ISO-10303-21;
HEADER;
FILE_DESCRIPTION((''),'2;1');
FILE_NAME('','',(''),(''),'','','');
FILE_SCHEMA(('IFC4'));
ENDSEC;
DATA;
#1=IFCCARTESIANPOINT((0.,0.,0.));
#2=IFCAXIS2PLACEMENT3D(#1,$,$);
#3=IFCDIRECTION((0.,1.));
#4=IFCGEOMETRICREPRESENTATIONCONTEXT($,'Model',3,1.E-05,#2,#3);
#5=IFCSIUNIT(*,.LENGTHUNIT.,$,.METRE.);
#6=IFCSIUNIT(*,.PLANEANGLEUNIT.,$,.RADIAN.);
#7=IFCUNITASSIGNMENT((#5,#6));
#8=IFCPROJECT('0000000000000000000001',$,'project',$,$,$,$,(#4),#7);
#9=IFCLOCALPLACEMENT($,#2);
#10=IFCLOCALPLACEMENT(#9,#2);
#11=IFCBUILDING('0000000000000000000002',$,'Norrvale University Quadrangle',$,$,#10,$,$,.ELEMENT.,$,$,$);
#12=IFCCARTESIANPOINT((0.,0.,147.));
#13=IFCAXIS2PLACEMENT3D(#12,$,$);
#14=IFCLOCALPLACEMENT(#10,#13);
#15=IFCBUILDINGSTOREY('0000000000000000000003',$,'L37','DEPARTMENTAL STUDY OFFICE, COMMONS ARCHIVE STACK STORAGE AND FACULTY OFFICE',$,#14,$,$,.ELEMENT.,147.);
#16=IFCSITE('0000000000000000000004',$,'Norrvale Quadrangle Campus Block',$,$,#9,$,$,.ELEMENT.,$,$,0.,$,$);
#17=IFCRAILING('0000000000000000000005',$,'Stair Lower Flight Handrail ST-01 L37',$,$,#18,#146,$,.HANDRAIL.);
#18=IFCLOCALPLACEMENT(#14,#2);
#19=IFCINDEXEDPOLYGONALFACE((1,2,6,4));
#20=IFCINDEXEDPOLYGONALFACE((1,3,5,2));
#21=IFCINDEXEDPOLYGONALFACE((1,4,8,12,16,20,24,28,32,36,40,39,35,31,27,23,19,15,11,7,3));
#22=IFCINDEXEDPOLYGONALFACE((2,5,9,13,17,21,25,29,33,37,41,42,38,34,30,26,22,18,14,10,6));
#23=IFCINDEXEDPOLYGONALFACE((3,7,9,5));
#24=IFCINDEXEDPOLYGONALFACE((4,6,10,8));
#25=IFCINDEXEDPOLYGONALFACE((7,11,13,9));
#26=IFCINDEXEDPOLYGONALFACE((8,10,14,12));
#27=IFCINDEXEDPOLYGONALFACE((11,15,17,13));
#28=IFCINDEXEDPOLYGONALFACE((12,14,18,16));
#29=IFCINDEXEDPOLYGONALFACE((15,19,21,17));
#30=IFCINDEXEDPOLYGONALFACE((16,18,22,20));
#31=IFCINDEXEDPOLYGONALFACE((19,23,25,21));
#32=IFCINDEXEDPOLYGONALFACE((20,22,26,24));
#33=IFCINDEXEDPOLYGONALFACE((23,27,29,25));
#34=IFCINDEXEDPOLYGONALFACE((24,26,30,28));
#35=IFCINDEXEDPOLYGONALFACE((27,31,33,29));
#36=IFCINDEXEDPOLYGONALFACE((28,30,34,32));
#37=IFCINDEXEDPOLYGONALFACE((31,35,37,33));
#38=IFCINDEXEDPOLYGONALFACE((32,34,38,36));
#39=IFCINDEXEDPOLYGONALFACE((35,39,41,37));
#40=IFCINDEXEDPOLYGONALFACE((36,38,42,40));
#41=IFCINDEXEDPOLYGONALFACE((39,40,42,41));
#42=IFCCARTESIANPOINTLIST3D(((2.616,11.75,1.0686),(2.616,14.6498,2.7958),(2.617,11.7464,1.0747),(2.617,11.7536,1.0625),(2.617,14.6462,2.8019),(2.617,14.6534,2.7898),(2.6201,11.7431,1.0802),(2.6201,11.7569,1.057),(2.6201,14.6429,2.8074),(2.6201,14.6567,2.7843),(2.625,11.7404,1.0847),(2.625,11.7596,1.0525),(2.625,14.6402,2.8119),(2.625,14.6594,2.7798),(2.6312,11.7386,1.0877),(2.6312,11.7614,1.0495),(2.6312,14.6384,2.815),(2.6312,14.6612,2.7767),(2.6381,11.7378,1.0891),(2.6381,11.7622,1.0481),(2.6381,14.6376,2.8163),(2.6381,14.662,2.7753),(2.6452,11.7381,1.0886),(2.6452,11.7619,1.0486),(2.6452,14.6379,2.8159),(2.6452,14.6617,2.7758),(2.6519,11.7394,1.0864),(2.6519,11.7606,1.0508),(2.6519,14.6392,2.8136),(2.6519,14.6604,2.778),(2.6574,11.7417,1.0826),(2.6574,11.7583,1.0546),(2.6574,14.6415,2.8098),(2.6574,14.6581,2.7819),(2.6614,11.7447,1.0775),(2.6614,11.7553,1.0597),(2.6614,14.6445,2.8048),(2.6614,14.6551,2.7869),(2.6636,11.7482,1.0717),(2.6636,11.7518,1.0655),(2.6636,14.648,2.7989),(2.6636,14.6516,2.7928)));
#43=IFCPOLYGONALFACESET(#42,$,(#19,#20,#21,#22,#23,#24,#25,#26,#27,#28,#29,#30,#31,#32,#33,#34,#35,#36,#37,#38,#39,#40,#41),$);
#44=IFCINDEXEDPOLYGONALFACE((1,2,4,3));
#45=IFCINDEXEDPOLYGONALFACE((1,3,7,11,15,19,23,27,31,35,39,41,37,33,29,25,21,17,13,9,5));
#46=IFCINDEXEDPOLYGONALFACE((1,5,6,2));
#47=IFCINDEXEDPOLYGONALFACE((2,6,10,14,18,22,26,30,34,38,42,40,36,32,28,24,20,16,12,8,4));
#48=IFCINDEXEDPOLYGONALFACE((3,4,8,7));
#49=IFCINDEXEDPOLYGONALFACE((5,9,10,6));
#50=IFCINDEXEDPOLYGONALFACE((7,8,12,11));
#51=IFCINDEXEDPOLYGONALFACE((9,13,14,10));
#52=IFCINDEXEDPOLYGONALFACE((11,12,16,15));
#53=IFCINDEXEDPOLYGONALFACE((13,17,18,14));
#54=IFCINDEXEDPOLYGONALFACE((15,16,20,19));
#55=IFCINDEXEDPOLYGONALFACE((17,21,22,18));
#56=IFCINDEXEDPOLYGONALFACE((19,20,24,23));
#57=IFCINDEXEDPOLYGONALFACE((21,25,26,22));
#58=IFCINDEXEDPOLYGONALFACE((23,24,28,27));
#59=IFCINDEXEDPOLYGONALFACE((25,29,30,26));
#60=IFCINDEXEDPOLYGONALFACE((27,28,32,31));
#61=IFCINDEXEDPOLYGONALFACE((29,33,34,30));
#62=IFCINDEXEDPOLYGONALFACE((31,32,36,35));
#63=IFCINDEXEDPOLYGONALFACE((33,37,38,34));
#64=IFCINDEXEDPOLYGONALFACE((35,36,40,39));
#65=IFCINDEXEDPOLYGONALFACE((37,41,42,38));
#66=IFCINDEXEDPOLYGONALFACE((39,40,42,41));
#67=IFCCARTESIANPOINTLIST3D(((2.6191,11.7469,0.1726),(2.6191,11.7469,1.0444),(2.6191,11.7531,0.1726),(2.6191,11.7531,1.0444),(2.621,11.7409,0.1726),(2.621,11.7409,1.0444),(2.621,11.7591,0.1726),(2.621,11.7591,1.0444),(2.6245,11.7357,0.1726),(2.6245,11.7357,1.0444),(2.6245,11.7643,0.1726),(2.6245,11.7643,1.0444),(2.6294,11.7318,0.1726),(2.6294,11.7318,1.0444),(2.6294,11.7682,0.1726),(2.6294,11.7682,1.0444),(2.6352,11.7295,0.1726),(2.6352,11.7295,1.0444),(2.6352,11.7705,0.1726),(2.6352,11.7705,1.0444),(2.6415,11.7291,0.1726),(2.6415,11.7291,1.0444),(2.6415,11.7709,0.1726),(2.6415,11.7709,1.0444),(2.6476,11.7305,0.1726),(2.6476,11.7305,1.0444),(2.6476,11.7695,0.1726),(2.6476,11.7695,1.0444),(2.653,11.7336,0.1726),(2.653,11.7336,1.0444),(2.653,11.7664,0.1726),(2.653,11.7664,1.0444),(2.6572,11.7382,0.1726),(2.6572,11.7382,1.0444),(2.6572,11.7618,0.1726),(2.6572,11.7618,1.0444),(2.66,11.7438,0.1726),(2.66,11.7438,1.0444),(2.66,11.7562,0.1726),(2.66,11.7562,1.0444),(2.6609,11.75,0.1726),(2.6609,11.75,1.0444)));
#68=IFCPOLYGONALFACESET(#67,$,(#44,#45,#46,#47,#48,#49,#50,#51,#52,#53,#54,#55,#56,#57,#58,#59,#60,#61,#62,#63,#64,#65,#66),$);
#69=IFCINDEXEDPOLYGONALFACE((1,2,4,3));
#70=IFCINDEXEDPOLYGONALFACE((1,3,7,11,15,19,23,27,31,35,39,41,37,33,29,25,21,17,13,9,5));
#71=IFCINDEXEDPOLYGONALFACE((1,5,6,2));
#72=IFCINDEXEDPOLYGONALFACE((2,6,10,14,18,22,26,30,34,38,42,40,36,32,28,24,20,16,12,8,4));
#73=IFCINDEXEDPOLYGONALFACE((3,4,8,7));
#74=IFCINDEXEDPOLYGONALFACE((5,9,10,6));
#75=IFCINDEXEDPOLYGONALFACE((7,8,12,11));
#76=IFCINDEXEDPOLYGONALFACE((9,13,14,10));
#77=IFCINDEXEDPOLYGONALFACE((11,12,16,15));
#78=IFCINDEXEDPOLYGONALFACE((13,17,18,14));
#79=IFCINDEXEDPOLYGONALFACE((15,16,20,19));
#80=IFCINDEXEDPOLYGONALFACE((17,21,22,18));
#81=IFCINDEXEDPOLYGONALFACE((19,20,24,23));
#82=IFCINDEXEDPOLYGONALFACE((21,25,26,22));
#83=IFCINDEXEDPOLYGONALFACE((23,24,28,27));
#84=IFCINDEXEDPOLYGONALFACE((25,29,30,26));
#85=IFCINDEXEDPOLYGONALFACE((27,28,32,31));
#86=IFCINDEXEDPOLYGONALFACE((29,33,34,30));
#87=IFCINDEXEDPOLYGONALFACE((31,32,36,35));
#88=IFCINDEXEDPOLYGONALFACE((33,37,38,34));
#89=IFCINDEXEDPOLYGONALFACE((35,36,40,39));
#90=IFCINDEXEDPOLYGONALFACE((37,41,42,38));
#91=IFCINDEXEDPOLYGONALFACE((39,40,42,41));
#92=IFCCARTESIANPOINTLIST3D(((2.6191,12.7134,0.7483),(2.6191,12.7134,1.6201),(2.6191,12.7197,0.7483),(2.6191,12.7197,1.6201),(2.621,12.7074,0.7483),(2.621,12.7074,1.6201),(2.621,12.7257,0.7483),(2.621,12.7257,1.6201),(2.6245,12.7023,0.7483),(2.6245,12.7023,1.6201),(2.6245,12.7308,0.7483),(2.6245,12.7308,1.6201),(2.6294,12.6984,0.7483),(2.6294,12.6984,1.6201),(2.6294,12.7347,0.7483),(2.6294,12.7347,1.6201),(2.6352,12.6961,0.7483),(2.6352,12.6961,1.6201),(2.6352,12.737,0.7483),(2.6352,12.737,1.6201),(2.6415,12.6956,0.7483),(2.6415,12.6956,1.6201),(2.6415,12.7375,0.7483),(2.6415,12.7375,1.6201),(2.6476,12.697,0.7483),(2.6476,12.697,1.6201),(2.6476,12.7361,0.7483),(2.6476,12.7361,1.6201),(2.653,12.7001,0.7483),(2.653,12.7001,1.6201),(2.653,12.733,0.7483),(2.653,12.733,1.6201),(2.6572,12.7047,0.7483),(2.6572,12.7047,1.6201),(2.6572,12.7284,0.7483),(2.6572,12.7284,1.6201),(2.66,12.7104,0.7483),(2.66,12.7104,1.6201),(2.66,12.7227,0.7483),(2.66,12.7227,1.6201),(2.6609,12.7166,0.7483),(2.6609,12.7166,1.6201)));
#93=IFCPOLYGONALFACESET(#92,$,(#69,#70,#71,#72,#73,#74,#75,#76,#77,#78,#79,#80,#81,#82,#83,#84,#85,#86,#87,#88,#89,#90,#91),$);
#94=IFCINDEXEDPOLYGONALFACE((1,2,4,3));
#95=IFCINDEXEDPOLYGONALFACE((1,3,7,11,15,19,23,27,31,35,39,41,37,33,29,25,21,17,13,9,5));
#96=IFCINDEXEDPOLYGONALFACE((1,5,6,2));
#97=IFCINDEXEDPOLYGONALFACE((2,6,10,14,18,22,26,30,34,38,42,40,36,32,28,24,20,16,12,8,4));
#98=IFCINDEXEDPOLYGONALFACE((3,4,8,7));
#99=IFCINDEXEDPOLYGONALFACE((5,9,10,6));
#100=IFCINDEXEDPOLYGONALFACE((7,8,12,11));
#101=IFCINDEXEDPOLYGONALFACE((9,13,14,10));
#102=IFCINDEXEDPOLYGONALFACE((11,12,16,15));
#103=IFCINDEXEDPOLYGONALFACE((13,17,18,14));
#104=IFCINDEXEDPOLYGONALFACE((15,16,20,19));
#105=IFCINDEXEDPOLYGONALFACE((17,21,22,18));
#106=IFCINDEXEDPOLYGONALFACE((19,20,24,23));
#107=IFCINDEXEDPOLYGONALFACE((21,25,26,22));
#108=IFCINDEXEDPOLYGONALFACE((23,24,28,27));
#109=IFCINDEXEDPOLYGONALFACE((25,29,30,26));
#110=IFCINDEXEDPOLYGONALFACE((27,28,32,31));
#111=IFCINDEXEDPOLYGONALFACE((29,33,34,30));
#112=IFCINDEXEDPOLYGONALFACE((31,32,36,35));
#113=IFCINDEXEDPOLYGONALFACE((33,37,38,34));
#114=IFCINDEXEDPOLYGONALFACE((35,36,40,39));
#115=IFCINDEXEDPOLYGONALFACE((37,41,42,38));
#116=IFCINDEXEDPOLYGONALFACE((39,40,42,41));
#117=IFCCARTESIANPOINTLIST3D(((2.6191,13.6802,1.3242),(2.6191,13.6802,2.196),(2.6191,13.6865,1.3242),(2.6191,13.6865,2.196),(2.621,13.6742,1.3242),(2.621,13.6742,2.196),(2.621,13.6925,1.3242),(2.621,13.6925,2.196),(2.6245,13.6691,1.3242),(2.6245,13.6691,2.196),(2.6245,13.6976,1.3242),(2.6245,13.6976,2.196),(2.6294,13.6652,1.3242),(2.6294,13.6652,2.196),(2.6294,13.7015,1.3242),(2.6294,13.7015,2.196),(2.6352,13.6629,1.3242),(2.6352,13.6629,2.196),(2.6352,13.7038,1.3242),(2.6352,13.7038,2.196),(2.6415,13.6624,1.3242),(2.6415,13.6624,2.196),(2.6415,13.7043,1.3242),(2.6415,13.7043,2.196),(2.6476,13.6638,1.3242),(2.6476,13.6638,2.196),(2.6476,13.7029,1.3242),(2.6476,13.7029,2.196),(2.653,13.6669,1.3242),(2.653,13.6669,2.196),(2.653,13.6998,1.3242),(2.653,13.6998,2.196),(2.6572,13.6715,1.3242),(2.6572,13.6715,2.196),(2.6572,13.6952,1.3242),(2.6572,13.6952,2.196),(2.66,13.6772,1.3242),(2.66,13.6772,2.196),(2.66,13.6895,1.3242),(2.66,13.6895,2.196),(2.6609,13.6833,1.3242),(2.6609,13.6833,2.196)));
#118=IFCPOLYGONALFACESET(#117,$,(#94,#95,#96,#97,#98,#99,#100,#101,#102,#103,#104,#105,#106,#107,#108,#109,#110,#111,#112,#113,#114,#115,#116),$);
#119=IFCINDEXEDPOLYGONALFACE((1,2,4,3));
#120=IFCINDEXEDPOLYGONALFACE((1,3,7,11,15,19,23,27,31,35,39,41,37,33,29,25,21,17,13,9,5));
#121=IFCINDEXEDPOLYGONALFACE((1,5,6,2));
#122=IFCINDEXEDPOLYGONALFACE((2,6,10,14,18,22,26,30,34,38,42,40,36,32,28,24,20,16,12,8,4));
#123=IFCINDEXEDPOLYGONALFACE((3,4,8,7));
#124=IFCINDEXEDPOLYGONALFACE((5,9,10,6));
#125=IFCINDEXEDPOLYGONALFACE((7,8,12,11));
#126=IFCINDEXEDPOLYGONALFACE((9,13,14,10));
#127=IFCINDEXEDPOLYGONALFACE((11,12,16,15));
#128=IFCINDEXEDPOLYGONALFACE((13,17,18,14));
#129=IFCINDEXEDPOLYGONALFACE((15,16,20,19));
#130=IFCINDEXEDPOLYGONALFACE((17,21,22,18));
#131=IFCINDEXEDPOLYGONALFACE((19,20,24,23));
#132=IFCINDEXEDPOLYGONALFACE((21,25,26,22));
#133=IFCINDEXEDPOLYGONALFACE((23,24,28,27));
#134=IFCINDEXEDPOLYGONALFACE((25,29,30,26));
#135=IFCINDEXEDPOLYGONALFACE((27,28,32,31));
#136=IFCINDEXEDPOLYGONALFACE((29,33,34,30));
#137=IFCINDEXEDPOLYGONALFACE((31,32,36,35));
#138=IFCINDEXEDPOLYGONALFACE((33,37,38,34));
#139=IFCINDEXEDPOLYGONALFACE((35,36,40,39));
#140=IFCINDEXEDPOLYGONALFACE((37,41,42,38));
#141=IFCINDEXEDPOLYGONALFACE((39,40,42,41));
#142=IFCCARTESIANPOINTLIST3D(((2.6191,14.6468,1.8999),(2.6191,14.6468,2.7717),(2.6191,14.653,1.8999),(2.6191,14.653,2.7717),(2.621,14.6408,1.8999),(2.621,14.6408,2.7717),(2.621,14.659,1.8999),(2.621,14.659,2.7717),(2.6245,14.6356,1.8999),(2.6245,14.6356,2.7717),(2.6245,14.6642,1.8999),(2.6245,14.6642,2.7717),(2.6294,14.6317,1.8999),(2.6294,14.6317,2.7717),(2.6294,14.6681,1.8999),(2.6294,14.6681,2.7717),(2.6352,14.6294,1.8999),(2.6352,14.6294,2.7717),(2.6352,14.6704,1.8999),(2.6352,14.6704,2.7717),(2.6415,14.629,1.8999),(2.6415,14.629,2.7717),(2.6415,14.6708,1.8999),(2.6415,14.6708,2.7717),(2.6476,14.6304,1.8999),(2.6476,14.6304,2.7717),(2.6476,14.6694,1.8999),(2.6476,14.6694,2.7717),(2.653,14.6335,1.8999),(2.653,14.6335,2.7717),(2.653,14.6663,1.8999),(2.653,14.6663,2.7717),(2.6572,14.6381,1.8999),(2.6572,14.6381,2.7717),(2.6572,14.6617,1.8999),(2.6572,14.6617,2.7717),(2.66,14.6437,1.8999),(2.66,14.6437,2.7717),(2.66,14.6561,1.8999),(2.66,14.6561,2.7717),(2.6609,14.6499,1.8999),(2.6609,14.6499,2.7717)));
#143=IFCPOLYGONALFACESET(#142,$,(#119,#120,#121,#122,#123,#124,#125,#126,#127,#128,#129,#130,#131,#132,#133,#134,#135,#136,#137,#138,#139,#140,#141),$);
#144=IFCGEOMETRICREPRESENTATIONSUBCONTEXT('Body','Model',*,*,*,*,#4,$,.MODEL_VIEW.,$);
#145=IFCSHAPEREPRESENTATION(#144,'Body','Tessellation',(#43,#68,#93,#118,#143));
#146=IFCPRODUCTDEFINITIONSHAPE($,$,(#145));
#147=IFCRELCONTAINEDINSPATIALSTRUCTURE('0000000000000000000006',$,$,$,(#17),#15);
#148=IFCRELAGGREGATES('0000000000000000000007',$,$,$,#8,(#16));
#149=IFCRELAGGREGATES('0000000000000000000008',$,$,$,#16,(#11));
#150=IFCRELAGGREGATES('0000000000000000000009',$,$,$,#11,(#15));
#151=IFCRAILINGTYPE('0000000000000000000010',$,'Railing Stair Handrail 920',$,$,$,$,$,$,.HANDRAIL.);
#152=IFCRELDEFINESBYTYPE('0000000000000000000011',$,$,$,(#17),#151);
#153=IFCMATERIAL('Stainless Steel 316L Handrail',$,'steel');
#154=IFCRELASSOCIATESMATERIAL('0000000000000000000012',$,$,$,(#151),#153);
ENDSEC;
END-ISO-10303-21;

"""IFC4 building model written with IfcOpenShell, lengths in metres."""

from ifc_helpers import new_model, si_unit, direction, frame, origin, origin_2d, place, context, subcontext, project, spatial, circle, extrude, material, type_object, element, save


model = new_model("IFC4")

# Units and contexts
model_context = context("Model", 3, precision=1e-05, world=origin(), true_north=direction((0.0, 1.0)))
body_context = subcontext(model_context, "Body", "Model", "MODEL_VIEW")
ifc_project = project(units=[si_unit("LENGTHUNIT", "METRE"), si_unit("PLANEANGLEUNIT", "RADIAN")], contexts=[model_context])

# Site, building, storey
site_placement = place(None, origin())
site = spatial("IfcSite", under=ifc_project, at=site_placement, Name="Norrvale Quadrangle Campus Block", CompositionType="ELEMENT", RefElevation=0.0)
building_placement = place(site_placement, origin())
building = spatial("IfcBuilding", under=site, at=building_placement, Name="Norrvale University Quadrangle", CompositionType="ELEMENT")
storey_placement = place(building_placement, frame((0.0, 0.0, 147.0)))
storey = spatial("IfcBuildingStorey", under=building, at=storey_placement, Name="L37", Description="DEPARTMENTAL STUDY OFFICE, COMMONS ARCHIVE STACK STORAGE AND FACULTY OFFICE", CompositionType="ELEMENT", Elevation=147.0)

# Railing
ifc_material_1 = material(Name="Stainless Steel 316L Handrail", Category="steel")
railing_type_1 = type_object("IfcRailingType", Name="Railing Stair Handrail 920", PredefinedType="HANDRAIL", material=ifc_material_1)
railing_1_placement = place(storey_placement, frame((2.6399, 11.75, 0.1726)))
element("IfcRailing", 1, at=railing_1_placement, inside=storey, type_object=railing_type_1, Name="Stair Lower Flight Handrail ST-01 L37", PredefinedType="HANDRAIL", context=body_context, shape_type="SweptSolid", body=[
    extrude(circle(Radius=0.0239, at=origin_2d()), frame((0.0, 0.0, 0.896), z_axis=(0.0, 0.859141, 0.511738), x_axis=(-1.0, 0.0, 0.0)), (0.0, 0.0, 1.0), 3.3752),
    extrude(circle(Radius=0.021, at=origin_2d()), origin(), (0.0, 0.0, 1.0), 0.8718),
    extrude(circle(Radius=0.021, at=origin_2d()), frame((0.0, 0.9666, 0.5757)), (0.0, 0.0, 1.0), 0.8718),
    extrude(circle(Radius=0.021, at=origin_2d()), frame((0.0, 1.9333, 1.1516)), (0.0, 0.0, 1.0), 0.8718),
    extrude(circle(Radius=0.021, at=origin_2d()), frame((0.0, 2.8999, 1.7273)), (0.0, 0.0, 1.0), 0.8718),
])

save(model, "model.ifc")
